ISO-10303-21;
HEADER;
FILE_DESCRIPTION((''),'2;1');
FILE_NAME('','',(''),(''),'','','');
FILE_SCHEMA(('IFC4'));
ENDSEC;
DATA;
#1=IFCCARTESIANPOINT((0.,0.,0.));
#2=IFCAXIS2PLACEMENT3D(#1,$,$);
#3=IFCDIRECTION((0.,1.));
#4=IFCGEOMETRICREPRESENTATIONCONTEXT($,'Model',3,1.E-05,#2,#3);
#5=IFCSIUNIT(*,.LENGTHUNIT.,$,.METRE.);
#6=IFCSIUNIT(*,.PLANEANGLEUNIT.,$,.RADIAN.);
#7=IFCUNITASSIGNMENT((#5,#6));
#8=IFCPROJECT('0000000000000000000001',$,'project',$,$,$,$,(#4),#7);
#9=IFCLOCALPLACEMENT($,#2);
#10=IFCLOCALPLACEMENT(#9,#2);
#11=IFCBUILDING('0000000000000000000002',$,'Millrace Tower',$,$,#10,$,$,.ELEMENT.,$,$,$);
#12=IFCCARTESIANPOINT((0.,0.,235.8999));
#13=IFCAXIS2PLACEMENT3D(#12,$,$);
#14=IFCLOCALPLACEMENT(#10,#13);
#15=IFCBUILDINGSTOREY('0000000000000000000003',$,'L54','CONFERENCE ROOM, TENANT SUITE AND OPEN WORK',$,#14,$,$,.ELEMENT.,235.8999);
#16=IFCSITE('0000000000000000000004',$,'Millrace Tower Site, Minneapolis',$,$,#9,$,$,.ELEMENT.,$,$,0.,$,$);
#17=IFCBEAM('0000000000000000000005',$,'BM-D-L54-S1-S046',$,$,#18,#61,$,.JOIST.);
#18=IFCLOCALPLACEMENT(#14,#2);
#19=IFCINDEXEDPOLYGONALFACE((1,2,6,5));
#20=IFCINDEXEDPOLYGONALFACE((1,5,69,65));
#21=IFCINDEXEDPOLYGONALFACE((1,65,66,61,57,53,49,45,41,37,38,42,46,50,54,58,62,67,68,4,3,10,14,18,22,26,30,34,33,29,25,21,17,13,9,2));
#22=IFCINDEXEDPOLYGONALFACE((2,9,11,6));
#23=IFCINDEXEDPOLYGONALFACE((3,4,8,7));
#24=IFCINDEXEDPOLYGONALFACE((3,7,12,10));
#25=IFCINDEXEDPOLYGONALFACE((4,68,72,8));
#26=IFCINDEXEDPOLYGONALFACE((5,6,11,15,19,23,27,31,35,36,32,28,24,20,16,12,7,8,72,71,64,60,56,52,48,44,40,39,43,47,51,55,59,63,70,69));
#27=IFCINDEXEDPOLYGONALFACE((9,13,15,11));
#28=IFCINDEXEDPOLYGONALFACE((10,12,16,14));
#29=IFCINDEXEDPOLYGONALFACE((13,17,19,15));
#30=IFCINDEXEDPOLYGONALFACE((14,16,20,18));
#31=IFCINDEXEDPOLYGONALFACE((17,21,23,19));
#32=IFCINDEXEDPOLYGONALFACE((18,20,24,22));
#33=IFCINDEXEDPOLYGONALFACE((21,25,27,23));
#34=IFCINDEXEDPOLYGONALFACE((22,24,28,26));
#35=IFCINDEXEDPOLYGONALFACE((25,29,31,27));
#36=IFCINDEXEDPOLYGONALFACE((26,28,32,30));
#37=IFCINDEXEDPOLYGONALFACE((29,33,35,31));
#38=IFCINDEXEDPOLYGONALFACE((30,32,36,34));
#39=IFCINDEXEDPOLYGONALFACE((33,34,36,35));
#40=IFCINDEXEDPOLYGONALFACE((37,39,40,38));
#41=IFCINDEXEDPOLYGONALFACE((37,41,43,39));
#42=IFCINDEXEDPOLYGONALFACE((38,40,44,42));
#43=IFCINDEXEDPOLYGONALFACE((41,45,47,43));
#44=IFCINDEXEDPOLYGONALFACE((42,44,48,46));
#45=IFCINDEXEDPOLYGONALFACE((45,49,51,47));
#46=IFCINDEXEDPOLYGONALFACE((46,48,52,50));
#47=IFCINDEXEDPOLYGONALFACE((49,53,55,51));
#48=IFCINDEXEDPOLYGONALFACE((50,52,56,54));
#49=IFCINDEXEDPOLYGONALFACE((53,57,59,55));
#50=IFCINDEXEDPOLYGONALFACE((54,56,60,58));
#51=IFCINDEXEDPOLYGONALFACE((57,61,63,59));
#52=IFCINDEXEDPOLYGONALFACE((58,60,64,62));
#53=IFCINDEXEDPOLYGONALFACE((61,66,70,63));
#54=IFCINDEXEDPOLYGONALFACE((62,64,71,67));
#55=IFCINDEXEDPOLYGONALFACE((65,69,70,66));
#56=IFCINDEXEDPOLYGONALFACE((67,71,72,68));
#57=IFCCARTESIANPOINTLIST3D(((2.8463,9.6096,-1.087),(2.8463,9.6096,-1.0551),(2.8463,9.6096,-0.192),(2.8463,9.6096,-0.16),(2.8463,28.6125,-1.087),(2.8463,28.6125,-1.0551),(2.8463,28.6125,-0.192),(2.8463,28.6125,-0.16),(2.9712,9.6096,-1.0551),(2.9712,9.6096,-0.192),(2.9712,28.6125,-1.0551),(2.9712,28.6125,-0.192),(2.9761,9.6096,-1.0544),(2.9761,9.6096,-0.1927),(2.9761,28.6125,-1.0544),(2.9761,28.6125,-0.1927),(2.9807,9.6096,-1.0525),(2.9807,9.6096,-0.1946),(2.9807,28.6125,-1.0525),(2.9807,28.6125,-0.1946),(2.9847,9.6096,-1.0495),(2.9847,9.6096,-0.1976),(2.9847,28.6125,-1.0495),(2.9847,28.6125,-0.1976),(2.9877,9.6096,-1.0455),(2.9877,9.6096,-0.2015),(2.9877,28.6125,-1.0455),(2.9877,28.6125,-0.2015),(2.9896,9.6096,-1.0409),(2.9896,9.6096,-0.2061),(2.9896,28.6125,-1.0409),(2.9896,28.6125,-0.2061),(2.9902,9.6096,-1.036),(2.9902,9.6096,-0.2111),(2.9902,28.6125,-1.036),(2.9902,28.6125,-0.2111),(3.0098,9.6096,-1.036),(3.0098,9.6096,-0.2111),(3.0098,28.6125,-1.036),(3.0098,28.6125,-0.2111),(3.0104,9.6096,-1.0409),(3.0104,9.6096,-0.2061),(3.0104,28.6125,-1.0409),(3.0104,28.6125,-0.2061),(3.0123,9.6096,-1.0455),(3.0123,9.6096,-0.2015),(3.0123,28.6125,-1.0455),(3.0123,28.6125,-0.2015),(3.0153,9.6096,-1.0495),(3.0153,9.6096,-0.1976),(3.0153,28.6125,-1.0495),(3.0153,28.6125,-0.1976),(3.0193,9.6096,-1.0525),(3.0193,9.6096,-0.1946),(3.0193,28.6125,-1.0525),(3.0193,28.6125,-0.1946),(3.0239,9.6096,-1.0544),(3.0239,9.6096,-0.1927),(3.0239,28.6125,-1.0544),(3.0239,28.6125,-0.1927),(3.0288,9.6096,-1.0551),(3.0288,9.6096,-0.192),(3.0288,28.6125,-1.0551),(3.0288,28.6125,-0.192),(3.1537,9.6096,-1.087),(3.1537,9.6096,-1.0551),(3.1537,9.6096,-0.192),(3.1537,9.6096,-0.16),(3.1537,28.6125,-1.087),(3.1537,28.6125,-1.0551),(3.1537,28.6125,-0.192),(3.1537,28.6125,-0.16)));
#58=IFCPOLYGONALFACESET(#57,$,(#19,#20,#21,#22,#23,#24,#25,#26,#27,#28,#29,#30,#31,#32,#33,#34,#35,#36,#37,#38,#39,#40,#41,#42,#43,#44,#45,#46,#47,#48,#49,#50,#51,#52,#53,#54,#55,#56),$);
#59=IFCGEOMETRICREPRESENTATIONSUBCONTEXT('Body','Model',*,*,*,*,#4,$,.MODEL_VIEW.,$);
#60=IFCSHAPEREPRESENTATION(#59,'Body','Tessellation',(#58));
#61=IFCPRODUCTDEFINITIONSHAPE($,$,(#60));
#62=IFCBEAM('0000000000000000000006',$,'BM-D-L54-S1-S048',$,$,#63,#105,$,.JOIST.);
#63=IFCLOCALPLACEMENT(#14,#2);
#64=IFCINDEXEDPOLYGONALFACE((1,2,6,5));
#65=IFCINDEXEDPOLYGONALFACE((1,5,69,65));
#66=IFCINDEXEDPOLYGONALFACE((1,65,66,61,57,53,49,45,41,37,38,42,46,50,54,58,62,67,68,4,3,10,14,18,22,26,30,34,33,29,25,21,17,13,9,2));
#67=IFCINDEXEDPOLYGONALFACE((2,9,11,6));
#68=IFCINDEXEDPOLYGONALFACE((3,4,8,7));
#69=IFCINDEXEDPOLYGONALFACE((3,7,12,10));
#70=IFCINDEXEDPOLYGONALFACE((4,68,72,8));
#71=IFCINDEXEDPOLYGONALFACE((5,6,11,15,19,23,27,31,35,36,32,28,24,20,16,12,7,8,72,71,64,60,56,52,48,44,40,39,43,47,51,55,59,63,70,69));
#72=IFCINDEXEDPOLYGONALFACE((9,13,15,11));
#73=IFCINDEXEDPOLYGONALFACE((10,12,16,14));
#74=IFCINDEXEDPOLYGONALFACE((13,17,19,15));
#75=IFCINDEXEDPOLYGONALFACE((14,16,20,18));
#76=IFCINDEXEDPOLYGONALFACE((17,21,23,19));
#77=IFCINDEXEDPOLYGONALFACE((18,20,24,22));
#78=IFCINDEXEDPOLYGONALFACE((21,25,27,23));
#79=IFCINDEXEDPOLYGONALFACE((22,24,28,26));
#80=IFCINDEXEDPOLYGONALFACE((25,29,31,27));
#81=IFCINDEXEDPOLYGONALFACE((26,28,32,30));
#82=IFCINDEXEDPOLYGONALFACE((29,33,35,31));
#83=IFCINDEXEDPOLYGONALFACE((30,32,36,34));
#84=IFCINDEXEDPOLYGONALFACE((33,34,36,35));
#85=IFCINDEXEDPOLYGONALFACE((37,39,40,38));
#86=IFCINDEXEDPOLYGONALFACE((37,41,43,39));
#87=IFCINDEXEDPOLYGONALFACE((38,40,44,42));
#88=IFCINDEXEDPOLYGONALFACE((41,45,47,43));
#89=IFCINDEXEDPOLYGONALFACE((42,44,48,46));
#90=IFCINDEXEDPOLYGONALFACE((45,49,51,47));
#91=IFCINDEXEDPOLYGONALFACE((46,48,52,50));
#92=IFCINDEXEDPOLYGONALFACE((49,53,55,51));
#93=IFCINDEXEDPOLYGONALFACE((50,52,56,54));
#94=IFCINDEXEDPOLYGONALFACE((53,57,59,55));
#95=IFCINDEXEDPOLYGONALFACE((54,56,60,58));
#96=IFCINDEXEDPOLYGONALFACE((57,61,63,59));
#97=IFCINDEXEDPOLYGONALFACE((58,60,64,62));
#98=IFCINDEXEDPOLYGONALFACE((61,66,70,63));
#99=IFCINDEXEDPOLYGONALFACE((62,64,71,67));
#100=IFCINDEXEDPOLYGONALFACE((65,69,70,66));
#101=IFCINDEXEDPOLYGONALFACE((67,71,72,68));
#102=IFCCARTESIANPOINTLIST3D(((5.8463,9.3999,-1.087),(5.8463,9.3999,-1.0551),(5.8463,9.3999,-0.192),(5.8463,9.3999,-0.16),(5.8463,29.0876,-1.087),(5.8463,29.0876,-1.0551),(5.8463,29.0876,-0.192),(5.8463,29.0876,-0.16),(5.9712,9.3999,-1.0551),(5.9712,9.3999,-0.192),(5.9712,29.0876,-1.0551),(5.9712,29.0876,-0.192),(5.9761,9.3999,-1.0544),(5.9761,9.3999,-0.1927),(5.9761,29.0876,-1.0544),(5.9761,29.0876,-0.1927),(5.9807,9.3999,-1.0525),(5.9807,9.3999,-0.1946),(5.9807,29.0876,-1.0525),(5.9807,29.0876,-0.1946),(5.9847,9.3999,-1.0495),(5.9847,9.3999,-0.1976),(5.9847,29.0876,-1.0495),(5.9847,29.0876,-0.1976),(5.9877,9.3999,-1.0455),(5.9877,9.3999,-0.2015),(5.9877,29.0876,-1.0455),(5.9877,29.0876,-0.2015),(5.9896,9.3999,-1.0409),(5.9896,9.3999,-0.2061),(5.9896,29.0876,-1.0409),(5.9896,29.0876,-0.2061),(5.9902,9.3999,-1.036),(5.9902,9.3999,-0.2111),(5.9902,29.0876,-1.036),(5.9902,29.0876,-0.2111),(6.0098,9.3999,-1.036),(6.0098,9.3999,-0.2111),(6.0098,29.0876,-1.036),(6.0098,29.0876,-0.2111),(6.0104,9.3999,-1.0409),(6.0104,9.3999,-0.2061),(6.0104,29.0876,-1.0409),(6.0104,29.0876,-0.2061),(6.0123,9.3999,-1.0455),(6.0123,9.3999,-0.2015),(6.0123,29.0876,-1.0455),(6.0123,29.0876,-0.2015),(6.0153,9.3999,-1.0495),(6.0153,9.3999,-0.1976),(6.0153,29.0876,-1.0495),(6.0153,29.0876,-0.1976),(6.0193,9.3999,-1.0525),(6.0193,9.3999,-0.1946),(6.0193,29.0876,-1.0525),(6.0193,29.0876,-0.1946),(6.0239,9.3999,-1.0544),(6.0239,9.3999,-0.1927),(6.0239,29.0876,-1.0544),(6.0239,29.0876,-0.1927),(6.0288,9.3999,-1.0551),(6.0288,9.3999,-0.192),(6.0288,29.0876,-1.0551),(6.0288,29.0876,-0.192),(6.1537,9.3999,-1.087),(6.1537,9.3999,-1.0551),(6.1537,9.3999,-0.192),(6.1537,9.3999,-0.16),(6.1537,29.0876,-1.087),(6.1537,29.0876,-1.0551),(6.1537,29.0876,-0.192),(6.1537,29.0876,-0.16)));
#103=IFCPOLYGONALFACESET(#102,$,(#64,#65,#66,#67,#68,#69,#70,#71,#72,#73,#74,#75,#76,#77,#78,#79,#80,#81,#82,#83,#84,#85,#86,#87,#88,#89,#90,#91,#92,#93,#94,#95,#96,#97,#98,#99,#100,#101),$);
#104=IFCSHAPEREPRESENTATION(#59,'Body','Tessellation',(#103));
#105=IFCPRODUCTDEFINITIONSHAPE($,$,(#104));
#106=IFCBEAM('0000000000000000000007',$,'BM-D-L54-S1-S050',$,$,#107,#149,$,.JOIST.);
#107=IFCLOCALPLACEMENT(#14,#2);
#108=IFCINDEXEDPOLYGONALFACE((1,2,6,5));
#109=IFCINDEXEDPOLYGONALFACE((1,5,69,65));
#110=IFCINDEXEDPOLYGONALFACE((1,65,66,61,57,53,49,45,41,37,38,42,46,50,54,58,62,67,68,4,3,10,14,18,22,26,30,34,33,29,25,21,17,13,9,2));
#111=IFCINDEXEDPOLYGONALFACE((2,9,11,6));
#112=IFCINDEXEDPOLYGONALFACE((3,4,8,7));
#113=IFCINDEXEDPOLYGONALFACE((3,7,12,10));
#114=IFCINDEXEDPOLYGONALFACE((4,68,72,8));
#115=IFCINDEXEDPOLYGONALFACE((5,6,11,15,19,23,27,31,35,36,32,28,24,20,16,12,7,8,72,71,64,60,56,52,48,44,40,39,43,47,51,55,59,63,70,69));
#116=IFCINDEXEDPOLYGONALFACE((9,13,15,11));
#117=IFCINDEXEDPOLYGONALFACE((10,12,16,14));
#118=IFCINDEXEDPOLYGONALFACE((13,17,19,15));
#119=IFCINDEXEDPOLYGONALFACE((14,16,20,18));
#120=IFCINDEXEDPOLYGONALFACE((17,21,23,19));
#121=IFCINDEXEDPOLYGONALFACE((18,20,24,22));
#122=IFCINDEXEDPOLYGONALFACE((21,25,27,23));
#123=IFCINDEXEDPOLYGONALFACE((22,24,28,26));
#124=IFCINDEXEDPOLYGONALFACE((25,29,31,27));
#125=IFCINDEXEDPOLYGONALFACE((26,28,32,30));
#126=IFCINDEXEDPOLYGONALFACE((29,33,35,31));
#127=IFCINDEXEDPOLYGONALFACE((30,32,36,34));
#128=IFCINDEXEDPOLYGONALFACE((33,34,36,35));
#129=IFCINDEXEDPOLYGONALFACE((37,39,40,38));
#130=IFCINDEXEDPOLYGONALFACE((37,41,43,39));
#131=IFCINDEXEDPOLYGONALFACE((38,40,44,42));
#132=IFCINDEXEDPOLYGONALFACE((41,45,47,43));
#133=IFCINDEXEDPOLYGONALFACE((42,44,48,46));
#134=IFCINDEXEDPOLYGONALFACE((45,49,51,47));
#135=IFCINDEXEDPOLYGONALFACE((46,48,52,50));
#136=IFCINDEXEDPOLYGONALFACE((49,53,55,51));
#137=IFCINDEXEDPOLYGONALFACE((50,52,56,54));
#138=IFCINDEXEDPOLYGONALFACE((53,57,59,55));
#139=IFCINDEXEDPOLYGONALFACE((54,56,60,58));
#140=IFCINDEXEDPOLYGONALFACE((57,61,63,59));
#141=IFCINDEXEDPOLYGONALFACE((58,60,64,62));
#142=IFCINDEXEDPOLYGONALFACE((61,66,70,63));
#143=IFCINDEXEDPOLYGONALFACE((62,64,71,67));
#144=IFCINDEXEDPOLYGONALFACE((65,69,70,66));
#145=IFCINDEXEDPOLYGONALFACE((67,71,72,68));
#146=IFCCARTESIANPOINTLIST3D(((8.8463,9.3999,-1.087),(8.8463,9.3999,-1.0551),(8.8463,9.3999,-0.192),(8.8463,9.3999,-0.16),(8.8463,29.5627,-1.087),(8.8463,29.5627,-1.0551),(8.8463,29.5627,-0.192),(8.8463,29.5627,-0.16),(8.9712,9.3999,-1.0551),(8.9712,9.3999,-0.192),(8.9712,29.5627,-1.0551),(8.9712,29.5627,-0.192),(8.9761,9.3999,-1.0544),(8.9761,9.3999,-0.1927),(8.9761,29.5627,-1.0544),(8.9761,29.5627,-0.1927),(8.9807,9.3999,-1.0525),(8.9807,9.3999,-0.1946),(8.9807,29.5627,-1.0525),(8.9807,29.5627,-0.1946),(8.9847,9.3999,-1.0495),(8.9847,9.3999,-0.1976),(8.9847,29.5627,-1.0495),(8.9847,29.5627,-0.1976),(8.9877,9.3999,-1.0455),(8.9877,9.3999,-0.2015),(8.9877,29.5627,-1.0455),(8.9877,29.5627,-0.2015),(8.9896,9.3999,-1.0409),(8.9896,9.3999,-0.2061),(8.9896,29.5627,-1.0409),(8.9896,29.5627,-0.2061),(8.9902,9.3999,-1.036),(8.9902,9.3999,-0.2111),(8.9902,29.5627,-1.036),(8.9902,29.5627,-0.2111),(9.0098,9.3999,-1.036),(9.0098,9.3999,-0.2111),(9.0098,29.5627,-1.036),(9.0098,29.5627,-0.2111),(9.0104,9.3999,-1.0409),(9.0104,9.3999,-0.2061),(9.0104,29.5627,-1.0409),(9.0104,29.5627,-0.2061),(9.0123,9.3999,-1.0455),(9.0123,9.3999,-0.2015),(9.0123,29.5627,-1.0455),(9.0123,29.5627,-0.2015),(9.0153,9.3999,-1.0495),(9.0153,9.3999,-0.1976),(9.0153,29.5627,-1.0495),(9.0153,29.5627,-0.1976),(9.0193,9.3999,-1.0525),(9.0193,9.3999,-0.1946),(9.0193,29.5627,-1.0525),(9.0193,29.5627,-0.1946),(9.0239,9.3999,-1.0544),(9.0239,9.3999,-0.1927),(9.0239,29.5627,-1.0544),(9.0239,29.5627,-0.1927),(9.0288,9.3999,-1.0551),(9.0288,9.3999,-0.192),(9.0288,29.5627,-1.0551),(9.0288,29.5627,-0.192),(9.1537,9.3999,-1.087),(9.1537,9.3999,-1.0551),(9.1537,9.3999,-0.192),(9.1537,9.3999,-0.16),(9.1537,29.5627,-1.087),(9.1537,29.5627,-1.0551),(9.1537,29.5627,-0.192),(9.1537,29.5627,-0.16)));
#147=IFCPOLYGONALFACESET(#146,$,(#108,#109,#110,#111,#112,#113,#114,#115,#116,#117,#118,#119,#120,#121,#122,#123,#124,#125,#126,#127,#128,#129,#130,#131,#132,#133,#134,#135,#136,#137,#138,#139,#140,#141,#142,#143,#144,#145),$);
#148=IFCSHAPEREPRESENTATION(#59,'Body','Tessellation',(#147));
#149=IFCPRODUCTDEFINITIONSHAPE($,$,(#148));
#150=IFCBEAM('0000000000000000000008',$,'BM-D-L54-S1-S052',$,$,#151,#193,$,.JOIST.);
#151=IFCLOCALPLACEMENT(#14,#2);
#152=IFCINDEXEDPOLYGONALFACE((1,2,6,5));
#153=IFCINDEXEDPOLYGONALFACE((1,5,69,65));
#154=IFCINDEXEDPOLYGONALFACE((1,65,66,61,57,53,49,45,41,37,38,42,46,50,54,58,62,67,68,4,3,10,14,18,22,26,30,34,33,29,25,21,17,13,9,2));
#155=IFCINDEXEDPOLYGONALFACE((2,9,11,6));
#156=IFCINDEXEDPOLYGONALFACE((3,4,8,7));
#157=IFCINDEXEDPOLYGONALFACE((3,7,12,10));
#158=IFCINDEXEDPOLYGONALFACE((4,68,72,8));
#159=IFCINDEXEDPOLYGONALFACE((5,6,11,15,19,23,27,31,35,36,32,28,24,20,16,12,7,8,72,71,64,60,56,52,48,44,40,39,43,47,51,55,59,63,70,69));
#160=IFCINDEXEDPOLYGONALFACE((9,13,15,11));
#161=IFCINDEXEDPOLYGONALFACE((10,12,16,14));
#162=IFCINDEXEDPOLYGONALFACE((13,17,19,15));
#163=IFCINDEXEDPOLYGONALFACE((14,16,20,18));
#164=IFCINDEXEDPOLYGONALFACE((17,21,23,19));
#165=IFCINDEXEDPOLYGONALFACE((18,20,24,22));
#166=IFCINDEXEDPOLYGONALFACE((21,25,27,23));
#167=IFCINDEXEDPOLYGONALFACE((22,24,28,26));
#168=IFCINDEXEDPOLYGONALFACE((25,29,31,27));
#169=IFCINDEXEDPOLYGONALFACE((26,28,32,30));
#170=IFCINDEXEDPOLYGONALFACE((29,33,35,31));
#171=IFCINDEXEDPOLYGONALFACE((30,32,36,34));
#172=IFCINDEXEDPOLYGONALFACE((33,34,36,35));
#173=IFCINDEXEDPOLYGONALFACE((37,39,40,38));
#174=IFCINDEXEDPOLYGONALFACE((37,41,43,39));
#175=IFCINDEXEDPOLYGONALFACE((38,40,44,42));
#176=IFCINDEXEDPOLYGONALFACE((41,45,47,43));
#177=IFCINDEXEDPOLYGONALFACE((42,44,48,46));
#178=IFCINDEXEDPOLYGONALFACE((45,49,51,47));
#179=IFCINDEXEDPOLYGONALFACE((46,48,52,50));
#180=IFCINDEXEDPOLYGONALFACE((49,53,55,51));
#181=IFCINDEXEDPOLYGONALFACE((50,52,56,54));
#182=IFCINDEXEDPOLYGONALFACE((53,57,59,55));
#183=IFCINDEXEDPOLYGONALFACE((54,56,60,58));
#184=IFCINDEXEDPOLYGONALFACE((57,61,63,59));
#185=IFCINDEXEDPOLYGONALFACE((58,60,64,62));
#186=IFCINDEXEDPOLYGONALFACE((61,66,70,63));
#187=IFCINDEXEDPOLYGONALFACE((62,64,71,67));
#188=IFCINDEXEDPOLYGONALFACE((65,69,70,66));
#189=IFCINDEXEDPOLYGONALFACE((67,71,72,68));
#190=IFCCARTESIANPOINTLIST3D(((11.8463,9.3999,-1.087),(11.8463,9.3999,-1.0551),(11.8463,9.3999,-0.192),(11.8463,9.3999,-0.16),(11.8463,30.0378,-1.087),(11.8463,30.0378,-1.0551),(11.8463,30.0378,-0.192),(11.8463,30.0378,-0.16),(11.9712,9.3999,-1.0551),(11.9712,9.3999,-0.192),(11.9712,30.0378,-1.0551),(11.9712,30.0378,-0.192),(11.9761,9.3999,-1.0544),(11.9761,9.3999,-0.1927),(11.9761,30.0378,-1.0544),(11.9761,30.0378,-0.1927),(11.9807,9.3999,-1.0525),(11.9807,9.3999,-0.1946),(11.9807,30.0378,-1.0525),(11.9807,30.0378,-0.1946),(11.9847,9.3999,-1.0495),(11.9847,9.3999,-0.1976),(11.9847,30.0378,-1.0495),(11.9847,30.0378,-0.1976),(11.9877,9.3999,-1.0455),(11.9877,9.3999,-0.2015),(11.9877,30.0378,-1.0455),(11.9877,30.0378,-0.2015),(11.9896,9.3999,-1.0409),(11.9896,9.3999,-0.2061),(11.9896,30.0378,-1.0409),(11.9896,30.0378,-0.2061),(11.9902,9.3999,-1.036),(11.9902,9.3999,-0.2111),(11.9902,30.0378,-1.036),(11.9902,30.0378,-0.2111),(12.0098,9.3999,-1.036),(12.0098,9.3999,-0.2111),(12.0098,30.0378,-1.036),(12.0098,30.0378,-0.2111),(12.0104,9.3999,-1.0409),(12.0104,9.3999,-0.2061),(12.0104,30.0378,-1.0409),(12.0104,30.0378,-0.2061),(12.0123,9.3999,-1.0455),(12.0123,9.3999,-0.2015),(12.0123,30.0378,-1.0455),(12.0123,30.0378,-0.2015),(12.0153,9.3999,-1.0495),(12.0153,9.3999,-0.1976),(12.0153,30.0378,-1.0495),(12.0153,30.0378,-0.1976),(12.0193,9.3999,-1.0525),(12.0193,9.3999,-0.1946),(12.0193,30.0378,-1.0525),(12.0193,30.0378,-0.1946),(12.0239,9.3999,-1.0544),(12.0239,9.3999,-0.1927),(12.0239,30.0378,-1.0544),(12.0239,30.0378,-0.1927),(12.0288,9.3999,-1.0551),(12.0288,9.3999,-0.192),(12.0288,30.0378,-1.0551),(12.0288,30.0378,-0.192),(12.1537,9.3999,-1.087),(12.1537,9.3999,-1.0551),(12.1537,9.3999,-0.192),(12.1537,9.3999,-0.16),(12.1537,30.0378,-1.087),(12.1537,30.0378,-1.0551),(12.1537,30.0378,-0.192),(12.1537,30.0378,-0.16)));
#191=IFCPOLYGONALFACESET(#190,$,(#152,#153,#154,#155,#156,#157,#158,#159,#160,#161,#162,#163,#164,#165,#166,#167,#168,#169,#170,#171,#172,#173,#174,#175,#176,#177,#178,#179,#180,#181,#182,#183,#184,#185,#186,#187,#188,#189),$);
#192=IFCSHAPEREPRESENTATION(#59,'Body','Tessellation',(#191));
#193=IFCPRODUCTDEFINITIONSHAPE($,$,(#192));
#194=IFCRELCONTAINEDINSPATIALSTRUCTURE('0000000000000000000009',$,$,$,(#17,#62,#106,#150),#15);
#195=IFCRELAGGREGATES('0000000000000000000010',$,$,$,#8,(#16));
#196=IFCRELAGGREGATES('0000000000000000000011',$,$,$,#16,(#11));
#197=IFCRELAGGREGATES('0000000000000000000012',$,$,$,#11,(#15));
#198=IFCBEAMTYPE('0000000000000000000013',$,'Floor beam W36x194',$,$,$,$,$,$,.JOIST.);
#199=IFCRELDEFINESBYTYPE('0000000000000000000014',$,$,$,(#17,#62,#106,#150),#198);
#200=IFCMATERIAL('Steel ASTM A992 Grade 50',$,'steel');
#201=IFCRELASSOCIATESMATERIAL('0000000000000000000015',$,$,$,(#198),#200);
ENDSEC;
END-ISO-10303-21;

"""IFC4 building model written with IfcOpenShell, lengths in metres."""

from ifc_helpers import new_model, si_unit, direction, frame, origin, origin_2d, place, context, subcontext, project, spatial, i_section, extrude, material, material_profile, profile_set, type_object, element, save


model = new_model("IFC4")

# Units and contexts
model_context = context("Model", 3, precision=1e-05, world=origin(), true_north=direction((0.0, 1.0)))
body_context = subcontext(model_context, "Body", "Model", "MODEL_VIEW")
ifc_project = project(units=[si_unit("LENGTHUNIT", "METRE"), si_unit("PLANEANGLEUNIT", "RADIAN")], contexts=[model_context])

# Site, building, storey
site_placement = place(None, origin())
site = spatial("IfcSite", under=ifc_project, at=site_placement, Name="Millrace Tower Site, Minneapolis", CompositionType="ELEMENT", RefElevation=0.0)
building_placement = place(site_placement, origin())
building = spatial("IfcBuilding", under=site, at=building_placement, Name="Millrace Tower", CompositionType="ELEMENT")
storey_placement = place(building_placement, frame((0.0, 0.0, 235.8999)))
storey = spatial("IfcBuildingStorey", under=building, at=storey_placement, Name="L54", Description="CONFERENCE ROOM, TENANT SUITE AND OPEN WORK", CompositionType="ELEMENT", Elevation=235.8999)

# Beams
ifc_material_1 = material(Name="Steel ASTM A992 Grade 50", Category="steel")
ifc_material_profile_1 = material_profile(ifc_material_1, i_section(OverallWidth=0.3074, OverallDepth=0.927, WebThickness=0.0195, FlangeThickness=0.032, FilletRadius=0.019, at=origin_2d()))
ifc_profile_set_1 = profile_set([ifc_material_profile_1], Name="Steel ASTM A992 Grade 50")
beam_type_1 = type_object("IfcBeamType", Name="Floor beam W36x194", PredefinedType="JOIST", material=ifc_profile_set_1)
beam_1_placement = place(storey_placement, frame((3.0, 9.6096, -0.6235), z_axis=(0.0, 1.0, 0.0), x_axis=(-1.0, 0.0, 0.0)))
element("IfcBeam", 1, at=beam_1_placement, inside=storey, type_object=beam_type_1, Name="BM-D-L54-S1-S046", PredefinedType="JOIST", context=body_context, shape_type="SweptSolid", body=[
    extrude(i_section(OverallWidth=0.3074, OverallDepth=0.927, WebThickness=0.0195, FlangeThickness=0.032, FilletRadius=0.019, at=origin_2d()), origin(), (0.0, 0.0, 1.0), 19.0029),
])
beam_2_placement = place(storey_placement, frame((6.0, 9.3999, -0.6235), z_axis=(0.0, 1.0, 0.0), x_axis=(-1.0, 0.0, 0.0)))
element("IfcBeam", 2, at=beam_2_placement, inside=storey, type_object=beam_type_1, Name="BM-D-L54-S1-S048", PredefinedType="JOIST", context=body_context, shape_type="SweptSolid", body=[
    extrude(i_section(OverallWidth=0.3074, OverallDepth=0.927, WebThickness=0.0195, FlangeThickness=0.032, FilletRadius=0.019, at=origin_2d()), origin(), (0.0, 0.0, 1.0), 19.6877),
])
beam_3_placement = place(storey_placement, frame((9.0, 9.3999, -0.6235), z_axis=(0.0, 1.0, 0.0), x_axis=(-1.0, 0.0, 0.0)))
element("IfcBeam", 3, at=beam_3_placement, inside=storey, type_object=beam_type_1, Name="BM-D-L54-S1-S050", PredefinedType="JOIST", context=body_context, shape_type="SweptSolid", body=[
    extrude(i_section(OverallWidth=0.3074, OverallDepth=0.927, WebThickness=0.0195, FlangeThickness=0.032, FilletRadius=0.019, at=origin_2d()), origin(), (0.0, 0.0, 1.0), 20.1628),
])
beam_4_placement = place(storey_placement, frame((12.0, 9.3999, -0.6235), z_axis=(0.0, 1.0, 0.0), x_axis=(-1.0, 0.0, 0.0)))
element("IfcBeam", 4, at=beam_4_placement, inside=storey, type_object=beam_type_1, Name="BM-D-L54-S1-S052", PredefinedType="JOIST", context=body_context, shape_type="SweptSolid", body=[
    extrude(i_section(OverallWidth=0.3074, OverallDepth=0.927, WebThickness=0.0195, FlangeThickness=0.032, FilletRadius=0.019, at=origin_2d()), origin(), (0.0, 0.0, 1.0), 20.6379),
])

save(model, "model.ifc")
